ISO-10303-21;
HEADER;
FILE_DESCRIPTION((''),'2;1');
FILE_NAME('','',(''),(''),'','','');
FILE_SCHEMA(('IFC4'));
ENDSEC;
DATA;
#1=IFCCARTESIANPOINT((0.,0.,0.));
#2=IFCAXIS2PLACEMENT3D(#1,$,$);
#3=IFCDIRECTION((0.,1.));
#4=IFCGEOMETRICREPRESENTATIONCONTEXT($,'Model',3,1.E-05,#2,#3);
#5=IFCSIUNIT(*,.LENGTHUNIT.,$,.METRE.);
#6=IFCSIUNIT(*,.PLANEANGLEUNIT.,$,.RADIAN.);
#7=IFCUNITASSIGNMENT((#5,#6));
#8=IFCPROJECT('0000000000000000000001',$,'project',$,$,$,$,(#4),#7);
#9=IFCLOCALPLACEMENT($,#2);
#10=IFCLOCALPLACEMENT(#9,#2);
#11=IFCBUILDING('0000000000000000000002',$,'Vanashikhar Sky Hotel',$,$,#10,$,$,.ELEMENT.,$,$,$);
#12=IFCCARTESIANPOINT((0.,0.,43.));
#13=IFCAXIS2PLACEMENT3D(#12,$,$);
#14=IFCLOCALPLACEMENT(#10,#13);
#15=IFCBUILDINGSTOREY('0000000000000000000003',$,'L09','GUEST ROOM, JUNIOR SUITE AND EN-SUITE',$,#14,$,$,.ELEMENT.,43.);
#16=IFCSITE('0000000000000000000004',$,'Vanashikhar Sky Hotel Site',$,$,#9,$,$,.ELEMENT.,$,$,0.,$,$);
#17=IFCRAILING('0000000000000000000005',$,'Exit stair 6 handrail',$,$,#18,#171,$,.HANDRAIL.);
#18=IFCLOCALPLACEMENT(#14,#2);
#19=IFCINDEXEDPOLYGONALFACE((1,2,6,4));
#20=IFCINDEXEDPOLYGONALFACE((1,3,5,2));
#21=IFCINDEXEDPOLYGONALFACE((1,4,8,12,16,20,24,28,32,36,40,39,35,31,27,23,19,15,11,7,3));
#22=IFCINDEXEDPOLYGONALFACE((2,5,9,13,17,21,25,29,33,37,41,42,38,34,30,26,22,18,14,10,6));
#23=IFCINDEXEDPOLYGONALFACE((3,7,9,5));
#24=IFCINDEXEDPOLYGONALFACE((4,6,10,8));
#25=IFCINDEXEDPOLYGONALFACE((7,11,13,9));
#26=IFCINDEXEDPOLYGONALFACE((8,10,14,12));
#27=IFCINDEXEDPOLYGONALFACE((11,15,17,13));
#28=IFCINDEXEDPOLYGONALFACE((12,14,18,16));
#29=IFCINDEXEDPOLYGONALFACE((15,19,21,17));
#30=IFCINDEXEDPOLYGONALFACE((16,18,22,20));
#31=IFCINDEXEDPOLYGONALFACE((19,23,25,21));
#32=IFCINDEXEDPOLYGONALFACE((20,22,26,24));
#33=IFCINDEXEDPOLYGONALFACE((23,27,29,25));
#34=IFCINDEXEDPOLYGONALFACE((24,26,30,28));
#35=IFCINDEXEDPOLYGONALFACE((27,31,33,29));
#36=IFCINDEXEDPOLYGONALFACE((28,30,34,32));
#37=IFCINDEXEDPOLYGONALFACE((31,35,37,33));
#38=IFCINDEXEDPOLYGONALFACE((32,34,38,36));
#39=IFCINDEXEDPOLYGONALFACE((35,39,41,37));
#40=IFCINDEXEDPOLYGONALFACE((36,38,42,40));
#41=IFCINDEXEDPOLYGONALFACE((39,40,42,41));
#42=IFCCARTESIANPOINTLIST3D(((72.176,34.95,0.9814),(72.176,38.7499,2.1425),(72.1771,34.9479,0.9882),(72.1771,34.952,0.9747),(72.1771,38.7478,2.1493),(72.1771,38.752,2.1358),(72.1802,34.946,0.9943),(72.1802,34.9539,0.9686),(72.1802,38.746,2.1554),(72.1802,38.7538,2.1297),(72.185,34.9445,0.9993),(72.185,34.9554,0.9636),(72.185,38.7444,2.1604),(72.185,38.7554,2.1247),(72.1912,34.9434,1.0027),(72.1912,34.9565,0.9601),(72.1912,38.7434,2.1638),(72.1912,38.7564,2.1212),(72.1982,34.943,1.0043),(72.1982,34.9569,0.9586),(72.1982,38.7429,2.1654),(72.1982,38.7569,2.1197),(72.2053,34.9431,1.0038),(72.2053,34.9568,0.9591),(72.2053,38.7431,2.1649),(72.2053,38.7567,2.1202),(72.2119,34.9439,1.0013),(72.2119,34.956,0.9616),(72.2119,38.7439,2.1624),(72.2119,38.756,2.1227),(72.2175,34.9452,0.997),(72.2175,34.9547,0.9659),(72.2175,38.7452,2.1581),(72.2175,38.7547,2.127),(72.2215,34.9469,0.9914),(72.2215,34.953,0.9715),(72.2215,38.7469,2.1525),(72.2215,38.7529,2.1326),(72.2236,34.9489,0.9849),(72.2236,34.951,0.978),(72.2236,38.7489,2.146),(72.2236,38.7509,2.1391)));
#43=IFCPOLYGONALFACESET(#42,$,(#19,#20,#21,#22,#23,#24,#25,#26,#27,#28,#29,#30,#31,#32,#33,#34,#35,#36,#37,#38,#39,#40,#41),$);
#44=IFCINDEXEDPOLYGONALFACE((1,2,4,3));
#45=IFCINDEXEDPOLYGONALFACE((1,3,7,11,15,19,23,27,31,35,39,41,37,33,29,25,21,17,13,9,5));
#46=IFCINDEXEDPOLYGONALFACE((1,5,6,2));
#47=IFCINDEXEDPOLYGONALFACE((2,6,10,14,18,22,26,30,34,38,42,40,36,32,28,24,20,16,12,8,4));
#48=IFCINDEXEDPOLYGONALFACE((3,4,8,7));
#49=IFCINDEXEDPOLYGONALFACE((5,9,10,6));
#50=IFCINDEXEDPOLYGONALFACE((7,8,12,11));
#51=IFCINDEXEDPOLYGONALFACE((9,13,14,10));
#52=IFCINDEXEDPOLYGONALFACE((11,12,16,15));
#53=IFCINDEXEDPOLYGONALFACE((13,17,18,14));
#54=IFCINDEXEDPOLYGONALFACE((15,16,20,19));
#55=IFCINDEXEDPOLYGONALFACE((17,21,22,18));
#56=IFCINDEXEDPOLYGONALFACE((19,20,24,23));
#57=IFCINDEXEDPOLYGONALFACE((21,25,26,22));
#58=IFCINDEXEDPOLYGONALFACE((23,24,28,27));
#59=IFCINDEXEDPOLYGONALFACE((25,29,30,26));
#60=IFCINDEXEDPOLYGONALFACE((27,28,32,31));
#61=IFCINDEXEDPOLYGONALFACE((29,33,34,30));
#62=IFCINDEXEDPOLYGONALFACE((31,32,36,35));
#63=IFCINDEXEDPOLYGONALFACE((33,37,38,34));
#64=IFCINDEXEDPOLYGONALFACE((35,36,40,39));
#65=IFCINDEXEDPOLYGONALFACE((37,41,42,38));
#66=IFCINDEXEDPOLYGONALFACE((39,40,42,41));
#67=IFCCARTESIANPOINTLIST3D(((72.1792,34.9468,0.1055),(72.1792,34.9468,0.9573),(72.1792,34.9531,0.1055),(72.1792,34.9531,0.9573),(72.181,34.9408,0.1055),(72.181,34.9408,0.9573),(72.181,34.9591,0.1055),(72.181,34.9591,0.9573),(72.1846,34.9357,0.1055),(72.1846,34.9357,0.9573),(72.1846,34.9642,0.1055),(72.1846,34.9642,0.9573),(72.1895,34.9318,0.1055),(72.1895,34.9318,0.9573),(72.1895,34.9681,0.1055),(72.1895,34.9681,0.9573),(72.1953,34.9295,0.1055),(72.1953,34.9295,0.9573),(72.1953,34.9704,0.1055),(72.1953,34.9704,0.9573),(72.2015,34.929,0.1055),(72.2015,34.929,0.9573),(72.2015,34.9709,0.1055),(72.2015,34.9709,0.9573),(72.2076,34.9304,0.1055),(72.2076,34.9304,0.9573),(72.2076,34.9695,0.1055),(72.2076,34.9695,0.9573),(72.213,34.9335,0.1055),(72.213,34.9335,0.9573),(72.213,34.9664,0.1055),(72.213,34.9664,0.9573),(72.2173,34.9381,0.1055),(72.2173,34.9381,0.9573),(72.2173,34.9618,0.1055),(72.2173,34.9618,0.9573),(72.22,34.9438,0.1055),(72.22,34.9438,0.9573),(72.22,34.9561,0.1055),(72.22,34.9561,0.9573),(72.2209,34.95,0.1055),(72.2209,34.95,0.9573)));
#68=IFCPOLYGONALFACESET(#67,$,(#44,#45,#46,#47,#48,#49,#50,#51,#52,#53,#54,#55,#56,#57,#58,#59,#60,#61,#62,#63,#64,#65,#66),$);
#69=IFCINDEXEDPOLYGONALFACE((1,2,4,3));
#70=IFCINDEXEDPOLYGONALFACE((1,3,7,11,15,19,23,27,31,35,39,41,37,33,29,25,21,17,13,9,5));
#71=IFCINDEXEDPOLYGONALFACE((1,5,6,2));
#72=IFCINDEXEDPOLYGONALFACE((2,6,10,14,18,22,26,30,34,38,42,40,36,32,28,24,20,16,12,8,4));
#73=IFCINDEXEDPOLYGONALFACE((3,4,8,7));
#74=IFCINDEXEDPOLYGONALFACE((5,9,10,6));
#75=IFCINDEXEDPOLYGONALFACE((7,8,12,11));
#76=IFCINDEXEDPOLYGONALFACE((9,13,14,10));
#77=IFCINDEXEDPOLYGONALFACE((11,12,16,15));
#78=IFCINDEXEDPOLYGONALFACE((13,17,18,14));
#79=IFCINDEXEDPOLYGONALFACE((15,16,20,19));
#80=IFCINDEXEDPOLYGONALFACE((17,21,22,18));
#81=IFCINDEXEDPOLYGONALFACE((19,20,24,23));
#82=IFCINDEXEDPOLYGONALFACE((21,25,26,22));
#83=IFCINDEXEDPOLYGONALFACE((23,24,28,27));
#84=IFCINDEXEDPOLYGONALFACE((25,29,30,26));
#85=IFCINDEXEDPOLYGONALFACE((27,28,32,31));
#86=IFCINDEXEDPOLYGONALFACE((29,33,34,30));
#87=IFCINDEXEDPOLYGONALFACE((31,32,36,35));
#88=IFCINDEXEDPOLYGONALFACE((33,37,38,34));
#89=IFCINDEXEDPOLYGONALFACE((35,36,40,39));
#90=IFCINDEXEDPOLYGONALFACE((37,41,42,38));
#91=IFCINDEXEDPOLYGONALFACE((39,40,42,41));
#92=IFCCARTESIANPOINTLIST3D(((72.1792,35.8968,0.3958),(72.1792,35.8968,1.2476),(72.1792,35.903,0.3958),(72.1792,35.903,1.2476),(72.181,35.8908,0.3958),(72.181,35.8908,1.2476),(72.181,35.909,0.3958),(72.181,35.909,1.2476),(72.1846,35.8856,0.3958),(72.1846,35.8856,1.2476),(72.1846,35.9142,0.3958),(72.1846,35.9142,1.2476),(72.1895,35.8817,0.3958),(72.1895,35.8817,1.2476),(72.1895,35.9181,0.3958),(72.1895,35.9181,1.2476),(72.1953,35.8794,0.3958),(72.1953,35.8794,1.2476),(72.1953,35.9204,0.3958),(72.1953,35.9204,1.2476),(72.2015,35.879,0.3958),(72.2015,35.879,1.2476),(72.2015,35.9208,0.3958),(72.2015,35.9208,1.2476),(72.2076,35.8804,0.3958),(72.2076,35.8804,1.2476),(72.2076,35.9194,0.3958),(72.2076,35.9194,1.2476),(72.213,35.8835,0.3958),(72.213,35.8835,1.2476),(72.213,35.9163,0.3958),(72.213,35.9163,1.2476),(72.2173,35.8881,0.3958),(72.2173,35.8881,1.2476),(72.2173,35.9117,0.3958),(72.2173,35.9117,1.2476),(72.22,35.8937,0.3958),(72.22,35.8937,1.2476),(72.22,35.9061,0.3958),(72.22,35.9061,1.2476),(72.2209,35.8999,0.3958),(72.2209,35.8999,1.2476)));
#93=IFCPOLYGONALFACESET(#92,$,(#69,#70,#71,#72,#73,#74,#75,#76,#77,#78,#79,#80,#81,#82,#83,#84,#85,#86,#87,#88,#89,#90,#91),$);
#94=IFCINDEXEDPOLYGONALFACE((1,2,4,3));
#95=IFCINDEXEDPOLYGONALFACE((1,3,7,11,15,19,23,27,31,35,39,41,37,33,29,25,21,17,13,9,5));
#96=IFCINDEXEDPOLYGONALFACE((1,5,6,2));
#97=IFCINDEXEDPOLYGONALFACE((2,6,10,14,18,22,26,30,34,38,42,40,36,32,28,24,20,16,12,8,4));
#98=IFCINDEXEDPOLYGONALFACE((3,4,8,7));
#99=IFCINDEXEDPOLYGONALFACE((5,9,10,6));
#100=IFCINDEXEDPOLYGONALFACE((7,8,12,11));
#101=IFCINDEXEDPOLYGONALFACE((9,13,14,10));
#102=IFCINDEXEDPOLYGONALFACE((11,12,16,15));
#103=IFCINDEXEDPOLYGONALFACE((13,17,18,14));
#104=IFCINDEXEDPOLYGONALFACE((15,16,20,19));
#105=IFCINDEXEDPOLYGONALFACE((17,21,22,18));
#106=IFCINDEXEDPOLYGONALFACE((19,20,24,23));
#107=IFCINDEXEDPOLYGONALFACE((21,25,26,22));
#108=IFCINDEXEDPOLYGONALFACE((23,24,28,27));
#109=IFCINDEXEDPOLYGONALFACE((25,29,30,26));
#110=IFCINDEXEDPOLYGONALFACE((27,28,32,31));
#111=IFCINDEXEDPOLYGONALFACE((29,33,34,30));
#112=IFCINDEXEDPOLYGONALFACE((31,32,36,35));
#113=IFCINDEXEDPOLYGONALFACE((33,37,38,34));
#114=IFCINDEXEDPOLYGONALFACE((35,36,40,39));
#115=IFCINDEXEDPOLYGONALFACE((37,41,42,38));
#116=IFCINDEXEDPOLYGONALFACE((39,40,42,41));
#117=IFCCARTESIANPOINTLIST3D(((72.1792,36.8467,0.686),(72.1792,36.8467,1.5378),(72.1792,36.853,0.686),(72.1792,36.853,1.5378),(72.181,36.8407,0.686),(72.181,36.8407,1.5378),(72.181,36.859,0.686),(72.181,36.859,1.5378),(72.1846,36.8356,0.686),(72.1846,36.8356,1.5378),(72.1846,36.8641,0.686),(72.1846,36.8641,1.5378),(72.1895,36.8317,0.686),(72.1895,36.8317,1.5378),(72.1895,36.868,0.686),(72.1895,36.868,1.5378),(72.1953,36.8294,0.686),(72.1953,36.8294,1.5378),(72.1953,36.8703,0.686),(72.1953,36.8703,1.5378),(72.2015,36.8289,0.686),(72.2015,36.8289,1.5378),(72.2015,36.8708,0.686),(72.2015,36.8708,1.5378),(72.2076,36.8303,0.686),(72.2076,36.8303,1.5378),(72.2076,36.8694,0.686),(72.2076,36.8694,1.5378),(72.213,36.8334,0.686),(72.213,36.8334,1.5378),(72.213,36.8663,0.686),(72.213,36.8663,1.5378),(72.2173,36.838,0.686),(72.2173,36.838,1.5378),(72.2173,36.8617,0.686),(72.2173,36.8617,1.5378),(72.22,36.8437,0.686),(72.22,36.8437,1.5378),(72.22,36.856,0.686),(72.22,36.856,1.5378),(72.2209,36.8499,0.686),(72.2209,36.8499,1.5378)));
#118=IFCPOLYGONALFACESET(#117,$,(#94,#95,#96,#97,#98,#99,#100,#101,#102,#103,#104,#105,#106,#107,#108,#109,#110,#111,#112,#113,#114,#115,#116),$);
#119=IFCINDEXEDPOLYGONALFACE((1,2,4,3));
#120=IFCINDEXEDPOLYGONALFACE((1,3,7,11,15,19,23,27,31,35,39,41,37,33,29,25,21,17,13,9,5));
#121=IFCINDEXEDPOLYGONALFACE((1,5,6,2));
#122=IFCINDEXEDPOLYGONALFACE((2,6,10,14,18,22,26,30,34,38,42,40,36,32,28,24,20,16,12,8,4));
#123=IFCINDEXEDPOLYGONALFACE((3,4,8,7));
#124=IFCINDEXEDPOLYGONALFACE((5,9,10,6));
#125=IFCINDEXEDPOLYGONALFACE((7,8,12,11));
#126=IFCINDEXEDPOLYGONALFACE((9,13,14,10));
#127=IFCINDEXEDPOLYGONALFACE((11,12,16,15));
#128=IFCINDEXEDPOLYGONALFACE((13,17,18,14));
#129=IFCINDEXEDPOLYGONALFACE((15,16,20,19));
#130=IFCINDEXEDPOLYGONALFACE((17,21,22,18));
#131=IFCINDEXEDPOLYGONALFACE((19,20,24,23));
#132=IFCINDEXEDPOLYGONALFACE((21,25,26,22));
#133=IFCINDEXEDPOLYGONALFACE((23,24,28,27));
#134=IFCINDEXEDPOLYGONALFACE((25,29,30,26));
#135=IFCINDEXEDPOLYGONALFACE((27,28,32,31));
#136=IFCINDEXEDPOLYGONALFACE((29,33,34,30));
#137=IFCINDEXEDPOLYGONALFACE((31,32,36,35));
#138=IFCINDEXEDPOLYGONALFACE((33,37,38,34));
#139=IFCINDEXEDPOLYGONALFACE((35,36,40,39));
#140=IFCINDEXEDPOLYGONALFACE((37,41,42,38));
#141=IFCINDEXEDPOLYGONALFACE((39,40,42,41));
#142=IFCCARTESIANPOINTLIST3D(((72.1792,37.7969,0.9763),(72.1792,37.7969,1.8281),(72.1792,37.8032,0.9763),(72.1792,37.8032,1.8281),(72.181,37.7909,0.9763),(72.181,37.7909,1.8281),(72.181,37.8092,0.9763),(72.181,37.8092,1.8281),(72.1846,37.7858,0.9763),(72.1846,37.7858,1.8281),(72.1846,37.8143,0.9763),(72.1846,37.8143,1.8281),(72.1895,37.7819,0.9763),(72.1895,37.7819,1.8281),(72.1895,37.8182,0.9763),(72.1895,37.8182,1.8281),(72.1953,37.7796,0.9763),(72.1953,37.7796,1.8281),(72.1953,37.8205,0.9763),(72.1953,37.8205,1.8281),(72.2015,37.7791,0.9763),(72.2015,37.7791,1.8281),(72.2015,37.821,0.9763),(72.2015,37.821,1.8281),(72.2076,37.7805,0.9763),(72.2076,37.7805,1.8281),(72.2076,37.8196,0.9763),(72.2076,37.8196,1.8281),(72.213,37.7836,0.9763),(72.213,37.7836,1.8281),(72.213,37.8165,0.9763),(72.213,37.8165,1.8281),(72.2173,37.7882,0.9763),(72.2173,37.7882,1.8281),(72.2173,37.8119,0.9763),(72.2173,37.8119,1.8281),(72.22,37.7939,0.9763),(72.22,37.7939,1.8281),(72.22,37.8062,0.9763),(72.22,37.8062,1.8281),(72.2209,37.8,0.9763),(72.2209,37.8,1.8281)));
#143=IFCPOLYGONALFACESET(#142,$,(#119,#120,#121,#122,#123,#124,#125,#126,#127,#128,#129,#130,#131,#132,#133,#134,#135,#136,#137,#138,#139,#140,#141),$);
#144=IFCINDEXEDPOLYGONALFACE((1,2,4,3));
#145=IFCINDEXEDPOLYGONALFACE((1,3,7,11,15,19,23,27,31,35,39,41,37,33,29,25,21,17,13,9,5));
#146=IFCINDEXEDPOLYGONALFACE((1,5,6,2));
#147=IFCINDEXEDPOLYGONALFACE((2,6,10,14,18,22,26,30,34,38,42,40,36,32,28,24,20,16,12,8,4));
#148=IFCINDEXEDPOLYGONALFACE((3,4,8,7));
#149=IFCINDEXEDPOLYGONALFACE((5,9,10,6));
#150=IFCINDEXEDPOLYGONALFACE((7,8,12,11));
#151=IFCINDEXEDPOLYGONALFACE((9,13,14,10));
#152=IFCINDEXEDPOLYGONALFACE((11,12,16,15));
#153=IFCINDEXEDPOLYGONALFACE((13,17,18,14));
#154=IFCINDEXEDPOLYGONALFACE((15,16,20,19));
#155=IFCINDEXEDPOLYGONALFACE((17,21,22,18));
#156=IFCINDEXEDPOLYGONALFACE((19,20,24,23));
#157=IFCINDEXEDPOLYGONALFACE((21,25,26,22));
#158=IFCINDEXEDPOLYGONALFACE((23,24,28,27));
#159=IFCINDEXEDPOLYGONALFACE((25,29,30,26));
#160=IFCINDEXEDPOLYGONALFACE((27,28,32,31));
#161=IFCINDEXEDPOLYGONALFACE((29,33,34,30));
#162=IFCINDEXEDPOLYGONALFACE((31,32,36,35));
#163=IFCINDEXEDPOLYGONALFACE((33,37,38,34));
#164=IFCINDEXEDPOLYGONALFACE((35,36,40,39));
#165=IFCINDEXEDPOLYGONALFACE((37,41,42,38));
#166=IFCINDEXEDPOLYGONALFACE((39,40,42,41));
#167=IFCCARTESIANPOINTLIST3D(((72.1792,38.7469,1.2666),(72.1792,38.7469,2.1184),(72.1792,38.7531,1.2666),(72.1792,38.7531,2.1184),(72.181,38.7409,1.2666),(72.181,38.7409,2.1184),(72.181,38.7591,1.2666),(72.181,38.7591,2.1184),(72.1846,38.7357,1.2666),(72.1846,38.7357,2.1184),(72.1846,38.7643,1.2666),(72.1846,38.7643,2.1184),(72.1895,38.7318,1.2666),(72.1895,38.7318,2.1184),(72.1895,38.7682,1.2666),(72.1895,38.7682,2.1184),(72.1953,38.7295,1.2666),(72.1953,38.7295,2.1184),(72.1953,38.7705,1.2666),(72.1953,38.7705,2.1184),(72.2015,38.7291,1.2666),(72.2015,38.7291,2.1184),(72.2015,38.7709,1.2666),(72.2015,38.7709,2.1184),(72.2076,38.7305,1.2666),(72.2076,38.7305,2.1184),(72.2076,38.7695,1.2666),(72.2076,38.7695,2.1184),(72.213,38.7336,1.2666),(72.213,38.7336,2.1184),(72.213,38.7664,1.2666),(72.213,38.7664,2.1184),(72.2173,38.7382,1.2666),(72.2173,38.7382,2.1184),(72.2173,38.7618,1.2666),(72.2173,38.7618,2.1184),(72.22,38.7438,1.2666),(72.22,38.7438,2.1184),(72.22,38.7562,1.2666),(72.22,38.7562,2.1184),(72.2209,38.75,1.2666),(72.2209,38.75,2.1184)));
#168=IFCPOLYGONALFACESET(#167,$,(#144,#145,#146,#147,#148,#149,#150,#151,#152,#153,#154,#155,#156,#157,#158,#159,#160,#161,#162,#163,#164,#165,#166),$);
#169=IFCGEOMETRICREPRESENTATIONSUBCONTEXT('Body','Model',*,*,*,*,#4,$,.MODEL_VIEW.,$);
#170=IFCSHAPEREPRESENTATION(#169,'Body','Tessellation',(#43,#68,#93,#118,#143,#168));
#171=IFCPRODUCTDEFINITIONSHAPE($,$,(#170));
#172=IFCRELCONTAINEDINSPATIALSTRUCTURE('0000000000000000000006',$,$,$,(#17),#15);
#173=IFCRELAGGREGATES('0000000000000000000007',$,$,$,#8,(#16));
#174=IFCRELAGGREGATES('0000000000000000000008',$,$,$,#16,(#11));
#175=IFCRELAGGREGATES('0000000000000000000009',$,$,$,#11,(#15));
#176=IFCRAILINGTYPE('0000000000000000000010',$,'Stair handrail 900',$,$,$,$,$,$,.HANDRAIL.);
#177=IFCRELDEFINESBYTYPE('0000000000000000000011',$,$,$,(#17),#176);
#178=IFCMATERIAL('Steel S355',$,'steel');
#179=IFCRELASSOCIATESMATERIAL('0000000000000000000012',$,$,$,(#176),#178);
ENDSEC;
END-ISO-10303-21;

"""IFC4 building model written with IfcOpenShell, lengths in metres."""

from ifc_helpers import new_model, si_unit, direction, frame, origin, origin_2d, place, context, subcontext, project, spatial, circle, extrude, source, transform, mapped, material, type_object, element, save


model = new_model("IFC4")

# Units and contexts
model_context = context("Model", 3, precision=1e-05, world=origin(), true_north=direction((0.0, 1.0)))
body_context = subcontext(model_context, "Body", "Model", "MODEL_VIEW")
ifc_project = project(units=[si_unit("LENGTHUNIT", "METRE"), si_unit("PLANEANGLEUNIT", "RADIAN")], contexts=[model_context])

# Site, building, storey
site_placement = place(None, origin())
site = spatial("IfcSite", under=ifc_project, at=site_placement, Name="Vanashikhar Sky Hotel Site", CompositionType="ELEMENT", RefElevation=0.0)
building_placement = place(site_placement, origin())
building = spatial("IfcBuilding", under=site, at=building_placement, Name="Vanashikhar Sky Hotel", CompositionType="ELEMENT")
storey_placement = place(building_placement, frame((0.0, 0.0, 43.0)))
storey = spatial("IfcBuildingStorey", under=building, at=storey_placement, Name="L09", Description="GUEST ROOM, JUNIOR SUITE AND EN-SUITE", CompositionType="ELEMENT", Elevation=43.0)

# Railing
ifc_material_1 = material(Name="Steel S355", Category="steel")
railing_type_1 = type_object("IfcRailingType", Name="Stair handrail 900", PredefinedType="HANDRAIL", material=ifc_material_1)
shared_shape_1 = source(origin(), body_context, "Body", "SweptSolid", [
    extrude(circle(Radius=0.0239, at=origin_2d()), frame((0.0, 0.0, 0.876), z_axis=(0.0, 0.956351, 0.29222), x_axis=(-1.0, 0.0, 0.0)), (0.0, 0.0, 1.0), 3.9734),
    extrude(circle(Radius=0.021, at=origin_2d()), origin(), (0.0, 0.0, 1.0), 0.8518),
    extrude(circle(Radius=0.021, at=origin_2d()), frame((0.0, 0.95, 0.2903)), (0.0, 0.0, 1.0), 0.8518),
    extrude(circle(Radius=0.021, at=origin_2d()), frame((0.0, 1.8999, 0.5806)), (0.0, 0.0, 1.0), 0.8518),
    extrude(circle(Radius=0.021, at=origin_2d()), frame((0.0, 2.8501, 0.8708)), (0.0, 0.0, 1.0), 0.8518),
    extrude(circle(Radius=0.021, at=origin_2d()), frame((0.0, 3.8, 1.1611)), (0.0, 0.0, 1.0), 0.8518),
])
for number, where, name in (
    (1, (72.2, 34.95, 0.1055), "Exit stair 6 handrail"),
):
    element("IfcRailing", number, at=place(storey_placement, frame(where)), inside=storey, type_object=railing_type_1, Name=name, PredefinedType="HANDRAIL", context=body_context, shape_type="MappedRepresentation", body=[
        mapped(shared_shape_1, transform((0.0, 0.0, 0.0), scale=1.0)),
    ])

save(model, "model.ifc")
